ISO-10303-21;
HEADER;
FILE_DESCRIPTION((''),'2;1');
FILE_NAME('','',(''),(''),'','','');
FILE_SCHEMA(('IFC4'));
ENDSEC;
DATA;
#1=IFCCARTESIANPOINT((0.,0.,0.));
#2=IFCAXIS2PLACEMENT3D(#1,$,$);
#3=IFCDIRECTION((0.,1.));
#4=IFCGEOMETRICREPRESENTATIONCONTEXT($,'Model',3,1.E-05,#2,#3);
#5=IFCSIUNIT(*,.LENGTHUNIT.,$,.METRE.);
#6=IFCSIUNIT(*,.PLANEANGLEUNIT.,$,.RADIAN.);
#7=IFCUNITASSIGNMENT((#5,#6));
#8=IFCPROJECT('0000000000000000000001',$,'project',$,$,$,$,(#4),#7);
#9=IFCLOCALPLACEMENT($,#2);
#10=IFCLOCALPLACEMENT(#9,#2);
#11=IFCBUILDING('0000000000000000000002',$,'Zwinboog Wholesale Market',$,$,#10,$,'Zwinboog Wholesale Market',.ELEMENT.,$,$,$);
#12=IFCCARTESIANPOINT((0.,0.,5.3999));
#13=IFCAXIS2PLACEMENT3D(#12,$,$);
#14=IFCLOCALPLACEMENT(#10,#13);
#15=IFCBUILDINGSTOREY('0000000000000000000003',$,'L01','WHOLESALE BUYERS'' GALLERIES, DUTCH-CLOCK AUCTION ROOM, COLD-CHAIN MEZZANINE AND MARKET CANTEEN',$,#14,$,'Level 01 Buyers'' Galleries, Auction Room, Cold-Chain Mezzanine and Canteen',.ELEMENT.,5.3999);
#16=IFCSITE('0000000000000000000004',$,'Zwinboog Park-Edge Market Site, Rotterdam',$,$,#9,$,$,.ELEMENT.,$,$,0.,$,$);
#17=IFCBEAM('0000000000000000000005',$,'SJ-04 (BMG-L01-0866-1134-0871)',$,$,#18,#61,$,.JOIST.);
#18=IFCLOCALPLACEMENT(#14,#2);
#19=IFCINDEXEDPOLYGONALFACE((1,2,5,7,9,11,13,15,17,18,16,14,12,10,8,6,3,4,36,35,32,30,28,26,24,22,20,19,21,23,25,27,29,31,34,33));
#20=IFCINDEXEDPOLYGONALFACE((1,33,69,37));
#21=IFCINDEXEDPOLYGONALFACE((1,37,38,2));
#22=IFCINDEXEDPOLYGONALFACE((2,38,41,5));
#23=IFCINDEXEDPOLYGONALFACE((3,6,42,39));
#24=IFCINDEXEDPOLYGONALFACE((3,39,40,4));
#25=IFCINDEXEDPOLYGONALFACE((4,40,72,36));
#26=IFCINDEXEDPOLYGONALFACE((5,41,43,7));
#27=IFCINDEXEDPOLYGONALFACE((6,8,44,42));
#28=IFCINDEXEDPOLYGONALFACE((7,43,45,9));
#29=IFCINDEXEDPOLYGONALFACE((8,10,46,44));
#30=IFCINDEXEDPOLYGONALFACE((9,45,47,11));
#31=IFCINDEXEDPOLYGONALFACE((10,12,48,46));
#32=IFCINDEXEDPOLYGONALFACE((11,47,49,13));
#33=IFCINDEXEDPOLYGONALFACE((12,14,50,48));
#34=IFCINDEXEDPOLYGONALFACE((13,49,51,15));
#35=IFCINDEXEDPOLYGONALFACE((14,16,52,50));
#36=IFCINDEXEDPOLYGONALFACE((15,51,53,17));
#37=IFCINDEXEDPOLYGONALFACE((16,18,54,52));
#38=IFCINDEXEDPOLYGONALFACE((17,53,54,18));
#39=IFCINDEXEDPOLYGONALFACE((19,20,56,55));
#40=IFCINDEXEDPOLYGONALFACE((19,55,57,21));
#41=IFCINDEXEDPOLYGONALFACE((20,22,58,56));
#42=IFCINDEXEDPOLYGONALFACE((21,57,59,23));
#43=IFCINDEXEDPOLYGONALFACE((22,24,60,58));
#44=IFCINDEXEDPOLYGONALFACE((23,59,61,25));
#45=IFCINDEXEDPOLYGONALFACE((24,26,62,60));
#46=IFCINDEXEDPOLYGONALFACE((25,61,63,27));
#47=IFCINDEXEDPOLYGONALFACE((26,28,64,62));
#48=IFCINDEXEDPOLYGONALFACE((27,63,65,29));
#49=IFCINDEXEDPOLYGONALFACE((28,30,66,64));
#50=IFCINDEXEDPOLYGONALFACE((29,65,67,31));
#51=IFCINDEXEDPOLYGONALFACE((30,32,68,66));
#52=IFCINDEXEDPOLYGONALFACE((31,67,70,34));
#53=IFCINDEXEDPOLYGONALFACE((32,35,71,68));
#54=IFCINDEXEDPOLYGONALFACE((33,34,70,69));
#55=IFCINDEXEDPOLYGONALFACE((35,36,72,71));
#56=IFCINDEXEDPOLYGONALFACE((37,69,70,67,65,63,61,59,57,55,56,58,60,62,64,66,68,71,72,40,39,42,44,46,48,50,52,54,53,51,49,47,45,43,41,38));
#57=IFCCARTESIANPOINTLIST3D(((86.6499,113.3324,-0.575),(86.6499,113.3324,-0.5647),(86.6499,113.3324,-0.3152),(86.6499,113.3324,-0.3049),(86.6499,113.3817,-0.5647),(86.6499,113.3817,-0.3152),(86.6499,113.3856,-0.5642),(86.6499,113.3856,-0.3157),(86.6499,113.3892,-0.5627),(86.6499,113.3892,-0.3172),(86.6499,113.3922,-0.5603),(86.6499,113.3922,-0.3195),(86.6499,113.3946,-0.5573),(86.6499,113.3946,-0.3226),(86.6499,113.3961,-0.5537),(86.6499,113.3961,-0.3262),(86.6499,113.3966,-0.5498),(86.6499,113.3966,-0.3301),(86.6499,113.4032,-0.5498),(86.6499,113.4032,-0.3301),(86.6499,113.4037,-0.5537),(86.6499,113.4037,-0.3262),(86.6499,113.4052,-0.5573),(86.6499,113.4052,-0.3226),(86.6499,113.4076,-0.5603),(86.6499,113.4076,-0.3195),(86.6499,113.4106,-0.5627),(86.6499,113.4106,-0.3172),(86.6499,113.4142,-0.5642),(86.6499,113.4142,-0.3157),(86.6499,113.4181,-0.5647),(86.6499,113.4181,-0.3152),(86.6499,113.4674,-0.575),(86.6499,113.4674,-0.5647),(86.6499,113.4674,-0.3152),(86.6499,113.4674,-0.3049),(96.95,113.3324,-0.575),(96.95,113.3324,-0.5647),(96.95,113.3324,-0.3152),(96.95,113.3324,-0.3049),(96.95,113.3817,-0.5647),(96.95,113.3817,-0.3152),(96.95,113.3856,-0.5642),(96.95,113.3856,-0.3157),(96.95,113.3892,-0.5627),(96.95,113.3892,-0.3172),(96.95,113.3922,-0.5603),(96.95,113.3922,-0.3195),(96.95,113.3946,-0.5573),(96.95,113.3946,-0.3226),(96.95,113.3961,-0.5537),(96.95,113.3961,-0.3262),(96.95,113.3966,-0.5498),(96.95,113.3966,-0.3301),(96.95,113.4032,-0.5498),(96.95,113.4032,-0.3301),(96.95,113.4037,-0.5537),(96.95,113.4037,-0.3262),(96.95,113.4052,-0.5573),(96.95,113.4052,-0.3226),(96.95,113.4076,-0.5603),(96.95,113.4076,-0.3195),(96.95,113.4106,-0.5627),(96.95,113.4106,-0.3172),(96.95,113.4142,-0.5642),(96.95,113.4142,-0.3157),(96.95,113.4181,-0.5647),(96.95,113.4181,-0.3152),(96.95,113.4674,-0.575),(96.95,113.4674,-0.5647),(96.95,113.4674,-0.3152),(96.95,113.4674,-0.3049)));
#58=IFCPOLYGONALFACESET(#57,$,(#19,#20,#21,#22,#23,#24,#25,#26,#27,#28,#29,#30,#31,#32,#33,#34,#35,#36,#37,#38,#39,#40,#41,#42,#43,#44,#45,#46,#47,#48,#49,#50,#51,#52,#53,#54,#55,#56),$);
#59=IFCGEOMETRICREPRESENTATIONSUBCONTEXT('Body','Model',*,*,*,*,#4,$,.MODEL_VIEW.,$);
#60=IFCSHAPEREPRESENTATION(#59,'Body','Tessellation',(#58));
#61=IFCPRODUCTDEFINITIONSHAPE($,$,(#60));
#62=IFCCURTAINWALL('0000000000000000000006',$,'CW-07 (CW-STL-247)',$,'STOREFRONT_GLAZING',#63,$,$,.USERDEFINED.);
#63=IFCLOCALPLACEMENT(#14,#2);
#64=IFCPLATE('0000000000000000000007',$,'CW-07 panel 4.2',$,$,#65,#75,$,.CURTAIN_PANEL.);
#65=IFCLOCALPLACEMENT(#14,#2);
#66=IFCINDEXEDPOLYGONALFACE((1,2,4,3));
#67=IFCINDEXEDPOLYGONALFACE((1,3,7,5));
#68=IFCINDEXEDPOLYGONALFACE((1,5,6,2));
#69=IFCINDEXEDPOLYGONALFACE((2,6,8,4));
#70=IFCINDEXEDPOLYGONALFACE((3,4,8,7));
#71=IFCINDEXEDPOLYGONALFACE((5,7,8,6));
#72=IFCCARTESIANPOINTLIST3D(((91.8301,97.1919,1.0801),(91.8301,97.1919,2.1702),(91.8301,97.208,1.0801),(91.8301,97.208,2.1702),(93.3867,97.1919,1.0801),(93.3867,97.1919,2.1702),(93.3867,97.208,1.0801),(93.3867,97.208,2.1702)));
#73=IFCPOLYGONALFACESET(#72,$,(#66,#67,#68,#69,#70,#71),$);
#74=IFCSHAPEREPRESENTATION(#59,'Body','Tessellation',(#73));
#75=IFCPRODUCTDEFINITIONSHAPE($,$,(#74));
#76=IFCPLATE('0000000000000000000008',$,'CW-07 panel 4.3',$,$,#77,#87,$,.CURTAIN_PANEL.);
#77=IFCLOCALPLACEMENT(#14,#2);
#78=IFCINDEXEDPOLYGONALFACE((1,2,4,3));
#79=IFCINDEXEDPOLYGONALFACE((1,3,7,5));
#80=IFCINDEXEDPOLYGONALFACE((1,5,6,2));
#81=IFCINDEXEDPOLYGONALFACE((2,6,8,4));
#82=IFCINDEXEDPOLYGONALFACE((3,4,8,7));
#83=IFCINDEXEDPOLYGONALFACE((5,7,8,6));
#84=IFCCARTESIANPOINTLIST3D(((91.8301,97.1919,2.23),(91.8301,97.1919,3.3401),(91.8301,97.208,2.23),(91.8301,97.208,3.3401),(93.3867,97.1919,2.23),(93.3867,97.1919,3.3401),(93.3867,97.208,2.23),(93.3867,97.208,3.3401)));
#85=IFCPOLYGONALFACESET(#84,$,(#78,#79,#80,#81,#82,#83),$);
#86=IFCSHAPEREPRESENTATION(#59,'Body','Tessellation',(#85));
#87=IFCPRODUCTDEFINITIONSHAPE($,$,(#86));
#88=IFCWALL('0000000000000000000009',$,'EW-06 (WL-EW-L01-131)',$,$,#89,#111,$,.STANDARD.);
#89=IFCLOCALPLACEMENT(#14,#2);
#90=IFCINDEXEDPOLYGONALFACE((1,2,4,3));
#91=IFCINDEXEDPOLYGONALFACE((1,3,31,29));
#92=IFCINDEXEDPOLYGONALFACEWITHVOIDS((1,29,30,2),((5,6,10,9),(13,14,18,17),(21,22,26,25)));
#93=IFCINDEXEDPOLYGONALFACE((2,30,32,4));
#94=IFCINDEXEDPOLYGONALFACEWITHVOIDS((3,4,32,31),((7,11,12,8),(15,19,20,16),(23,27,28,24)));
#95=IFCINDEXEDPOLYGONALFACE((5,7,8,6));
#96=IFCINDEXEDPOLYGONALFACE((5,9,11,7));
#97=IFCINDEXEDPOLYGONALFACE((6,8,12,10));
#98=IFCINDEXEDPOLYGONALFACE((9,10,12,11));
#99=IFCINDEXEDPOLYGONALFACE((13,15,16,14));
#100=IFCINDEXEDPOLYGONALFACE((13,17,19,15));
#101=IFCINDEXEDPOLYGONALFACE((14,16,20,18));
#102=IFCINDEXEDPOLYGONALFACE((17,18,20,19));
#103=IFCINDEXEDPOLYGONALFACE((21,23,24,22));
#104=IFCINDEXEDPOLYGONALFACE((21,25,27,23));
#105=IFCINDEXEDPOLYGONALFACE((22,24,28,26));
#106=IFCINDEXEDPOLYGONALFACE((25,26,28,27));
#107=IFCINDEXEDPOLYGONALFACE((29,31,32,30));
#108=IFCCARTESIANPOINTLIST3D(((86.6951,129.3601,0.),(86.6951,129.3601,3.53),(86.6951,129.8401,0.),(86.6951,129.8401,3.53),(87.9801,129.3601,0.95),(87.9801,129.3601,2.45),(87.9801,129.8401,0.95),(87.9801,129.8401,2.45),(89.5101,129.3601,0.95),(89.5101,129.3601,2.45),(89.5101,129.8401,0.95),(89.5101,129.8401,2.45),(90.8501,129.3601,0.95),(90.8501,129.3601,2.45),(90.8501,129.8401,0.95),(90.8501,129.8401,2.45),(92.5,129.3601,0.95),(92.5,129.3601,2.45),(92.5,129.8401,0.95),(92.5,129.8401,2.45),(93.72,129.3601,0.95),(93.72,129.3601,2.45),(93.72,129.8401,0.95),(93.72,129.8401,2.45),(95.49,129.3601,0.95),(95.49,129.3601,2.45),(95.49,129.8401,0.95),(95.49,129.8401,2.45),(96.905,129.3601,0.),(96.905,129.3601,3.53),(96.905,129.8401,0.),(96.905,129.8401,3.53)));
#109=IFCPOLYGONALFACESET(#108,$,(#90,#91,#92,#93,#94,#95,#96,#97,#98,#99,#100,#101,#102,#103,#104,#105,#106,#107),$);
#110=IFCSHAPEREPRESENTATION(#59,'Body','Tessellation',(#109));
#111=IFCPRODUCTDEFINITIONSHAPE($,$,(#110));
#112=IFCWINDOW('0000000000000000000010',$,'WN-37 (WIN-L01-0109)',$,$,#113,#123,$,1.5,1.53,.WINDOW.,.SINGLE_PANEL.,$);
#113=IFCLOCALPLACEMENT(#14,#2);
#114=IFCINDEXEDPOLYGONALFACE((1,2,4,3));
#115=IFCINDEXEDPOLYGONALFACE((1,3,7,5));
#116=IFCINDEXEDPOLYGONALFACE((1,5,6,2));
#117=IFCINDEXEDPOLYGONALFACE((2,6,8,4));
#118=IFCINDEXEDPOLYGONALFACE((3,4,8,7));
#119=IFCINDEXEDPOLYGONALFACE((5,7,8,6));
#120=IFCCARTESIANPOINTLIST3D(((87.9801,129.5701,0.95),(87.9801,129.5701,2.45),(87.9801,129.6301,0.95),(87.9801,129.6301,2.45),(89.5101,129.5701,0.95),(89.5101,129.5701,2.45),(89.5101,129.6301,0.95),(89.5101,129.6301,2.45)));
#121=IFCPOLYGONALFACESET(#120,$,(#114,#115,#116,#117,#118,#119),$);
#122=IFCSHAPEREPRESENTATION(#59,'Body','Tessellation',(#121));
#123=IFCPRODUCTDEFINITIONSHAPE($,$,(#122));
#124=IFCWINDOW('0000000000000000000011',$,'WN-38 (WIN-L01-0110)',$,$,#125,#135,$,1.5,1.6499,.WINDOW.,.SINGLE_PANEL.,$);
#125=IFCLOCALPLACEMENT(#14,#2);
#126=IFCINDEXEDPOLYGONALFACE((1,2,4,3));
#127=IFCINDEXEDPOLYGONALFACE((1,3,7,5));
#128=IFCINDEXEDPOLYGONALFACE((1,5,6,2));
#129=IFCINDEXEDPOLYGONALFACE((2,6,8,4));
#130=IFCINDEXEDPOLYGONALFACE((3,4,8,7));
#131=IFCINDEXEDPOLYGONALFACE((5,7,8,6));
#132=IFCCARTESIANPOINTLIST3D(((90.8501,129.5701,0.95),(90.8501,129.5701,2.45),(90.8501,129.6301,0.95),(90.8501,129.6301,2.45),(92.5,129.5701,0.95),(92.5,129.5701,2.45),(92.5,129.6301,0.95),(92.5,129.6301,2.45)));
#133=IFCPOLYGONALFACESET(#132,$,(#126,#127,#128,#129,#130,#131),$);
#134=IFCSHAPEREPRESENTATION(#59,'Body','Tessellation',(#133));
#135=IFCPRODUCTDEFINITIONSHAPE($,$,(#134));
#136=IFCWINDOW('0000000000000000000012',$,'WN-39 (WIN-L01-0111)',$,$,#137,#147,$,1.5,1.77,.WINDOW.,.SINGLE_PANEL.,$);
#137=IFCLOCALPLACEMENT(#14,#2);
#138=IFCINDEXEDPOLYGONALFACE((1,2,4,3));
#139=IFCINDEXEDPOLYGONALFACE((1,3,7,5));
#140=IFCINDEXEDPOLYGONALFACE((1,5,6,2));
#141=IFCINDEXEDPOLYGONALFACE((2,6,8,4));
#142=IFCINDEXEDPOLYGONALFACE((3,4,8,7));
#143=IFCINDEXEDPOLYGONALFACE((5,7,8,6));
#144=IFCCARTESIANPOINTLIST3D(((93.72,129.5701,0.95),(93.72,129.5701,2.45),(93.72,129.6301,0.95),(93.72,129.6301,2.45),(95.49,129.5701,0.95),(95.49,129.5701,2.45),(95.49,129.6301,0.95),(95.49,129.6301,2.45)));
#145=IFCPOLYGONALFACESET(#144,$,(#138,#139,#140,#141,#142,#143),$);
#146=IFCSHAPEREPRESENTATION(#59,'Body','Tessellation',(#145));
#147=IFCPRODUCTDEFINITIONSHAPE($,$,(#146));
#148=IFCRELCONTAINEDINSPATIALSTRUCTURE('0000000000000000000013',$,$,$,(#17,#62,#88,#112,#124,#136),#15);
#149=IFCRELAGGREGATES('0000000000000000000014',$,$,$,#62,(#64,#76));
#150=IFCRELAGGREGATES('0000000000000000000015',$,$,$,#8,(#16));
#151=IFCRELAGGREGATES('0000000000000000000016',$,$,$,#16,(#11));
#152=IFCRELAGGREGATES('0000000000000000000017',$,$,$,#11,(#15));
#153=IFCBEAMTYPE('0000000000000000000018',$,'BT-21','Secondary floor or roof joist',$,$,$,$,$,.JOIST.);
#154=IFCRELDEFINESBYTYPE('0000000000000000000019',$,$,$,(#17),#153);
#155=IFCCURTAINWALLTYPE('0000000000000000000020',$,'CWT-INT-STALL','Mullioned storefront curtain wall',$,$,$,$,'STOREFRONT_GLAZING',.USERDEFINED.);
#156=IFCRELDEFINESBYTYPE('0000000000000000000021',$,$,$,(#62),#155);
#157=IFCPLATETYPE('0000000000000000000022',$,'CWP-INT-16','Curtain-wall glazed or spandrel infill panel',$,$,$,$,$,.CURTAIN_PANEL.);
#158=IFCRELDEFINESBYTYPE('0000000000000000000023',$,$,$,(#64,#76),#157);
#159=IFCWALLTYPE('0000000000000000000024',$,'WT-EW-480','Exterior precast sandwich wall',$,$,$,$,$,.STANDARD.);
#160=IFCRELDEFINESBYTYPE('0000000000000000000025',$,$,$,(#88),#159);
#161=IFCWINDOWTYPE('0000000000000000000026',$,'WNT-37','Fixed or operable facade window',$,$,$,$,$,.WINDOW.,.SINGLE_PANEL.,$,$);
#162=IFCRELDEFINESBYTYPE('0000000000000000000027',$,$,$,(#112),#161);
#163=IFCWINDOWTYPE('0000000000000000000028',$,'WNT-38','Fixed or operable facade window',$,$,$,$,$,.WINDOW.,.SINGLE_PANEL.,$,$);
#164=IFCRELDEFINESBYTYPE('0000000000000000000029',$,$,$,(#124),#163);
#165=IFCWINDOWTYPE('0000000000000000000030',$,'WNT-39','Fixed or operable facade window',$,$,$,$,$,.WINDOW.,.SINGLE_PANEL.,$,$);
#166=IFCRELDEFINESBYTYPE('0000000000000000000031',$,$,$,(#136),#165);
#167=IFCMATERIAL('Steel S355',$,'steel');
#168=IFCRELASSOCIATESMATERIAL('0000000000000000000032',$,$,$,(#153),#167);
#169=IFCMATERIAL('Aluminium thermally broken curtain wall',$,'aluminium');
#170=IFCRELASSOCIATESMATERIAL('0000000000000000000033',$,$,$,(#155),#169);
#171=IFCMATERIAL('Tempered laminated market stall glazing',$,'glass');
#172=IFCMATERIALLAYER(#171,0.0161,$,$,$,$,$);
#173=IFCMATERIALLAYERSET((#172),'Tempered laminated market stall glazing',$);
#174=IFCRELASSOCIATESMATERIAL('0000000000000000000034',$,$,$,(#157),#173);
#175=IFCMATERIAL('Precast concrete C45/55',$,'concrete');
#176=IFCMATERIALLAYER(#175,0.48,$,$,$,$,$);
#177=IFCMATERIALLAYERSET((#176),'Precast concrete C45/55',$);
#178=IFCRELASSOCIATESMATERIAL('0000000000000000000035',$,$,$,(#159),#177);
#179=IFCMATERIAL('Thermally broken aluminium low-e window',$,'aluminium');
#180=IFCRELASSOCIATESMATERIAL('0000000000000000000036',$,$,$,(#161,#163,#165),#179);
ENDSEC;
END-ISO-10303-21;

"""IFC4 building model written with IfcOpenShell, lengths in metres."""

from ifc_helpers import new_model, si_unit, direction, frame, frame_2d, origin, origin_2d, place, context, subcontext, project, spatial, rectangle, i_section, extrude, material, layer, layer_set, material_profile, profile_set, type_object, element, fill, aggregate, save


model = new_model("IFC4")

# Units and contexts
model_context = context("Model", 3, precision=1e-05, world=origin(), true_north=direction((0.0, 1.0)))
body_context = subcontext(model_context, "Body", "Model", "MODEL_VIEW")
ifc_project = project(units=[si_unit("LENGTHUNIT", "METRE"), si_unit("PLANEANGLEUNIT", "RADIAN")], contexts=[model_context])

# Site, building, storey
site_placement = place(None, origin())
site = spatial("IfcSite", under=ifc_project, at=site_placement, Name="Zwinboog Park-Edge Market Site, Rotterdam", CompositionType="ELEMENT", RefElevation=0.0)
building_placement = place(site_placement, origin())
building = spatial("IfcBuilding", under=site, at=building_placement, Name="Zwinboog Wholesale Market", LongName="Zwinboog Wholesale Market", CompositionType="ELEMENT")
storey_placement = place(building_placement, frame((0.0, 0.0, 5.3999)))
storey = spatial("IfcBuildingStorey", under=building, at=storey_placement, Name="L01", Description="WHOLESALE BUYERS' GALLERIES, DUTCH-CLOCK AUCTION ROOM, COLD-CHAIN MEZZANINE AND MARKET CANTEEN", LongName="Level 01 Buyers' Galleries, Auction Room, Cold-Chain Mezzanine and Canteen", CompositionType="ELEMENT", Elevation=5.3999)

# Shared definitions
ifc_material_1 = material(Name="Precast concrete C45/55", Category="concrete")

# Beam
ifc_material_2 = material(Name="Steel S355", Category="steel")
ifc_material_profile_1 = material_profile(ifc_material_2, i_section(OverallWidth=0.135, OverallDepth=0.27, WebThickness=0.0066, FlangeThickness=0.0103, FilletRadius=0.0149, at=origin_2d()), Name="IPE 270")
ifc_profile_set_1 = profile_set([ifc_material_profile_1], Name="Steel S355")
beam_type_1 = type_object("IfcBeamType", Name="BT-21", Description="Secondary floor or roof joist", PredefinedType="JOIST", material=ifc_profile_set_1)
beam_1_placement = place(storey_placement, frame((86.6499, 113.3999, -0.4399), z_axis=(1.0, 0.0, 0.0), x_axis=(0.0, 1.0, 0.0)))
element("IfcBeam", 1, at=beam_1_placement, inside=storey, type_object=beam_type_1, Name="SJ-04 (BMG-L01-0866-1134-0871)", PredefinedType="JOIST", context=body_context, shape_type="SweptSolid", body=[
    extrude(i_section(OverallWidth=0.135, OverallDepth=0.27, WebThickness=0.0066, FlangeThickness=0.0103, FilletRadius=0.0149, at=origin_2d()), origin(), (0.0, 0.0, 1.0), 10.3),
])

# Curtain wall, plates
ifc_material_3 = material(Name="Aluminium thermally broken curtain wall", Category="aluminium")
curtain_wall_type = type_object("IfcCurtainWallType", Name="CWT-INT-STALL", Description="Mullioned storefront curtain wall", ElementType="STOREFRONT_GLAZING", PredefinedType="USERDEFINED", material=ifc_material_3)
curtain_wall_placement = place(storey_placement, origin())
curtain_wall = element("IfcCurtainWall", 2, at=curtain_wall_placement, inside=storey, type_object=curtain_wall_type, Name="CW-07 (CW-STL-247)", ObjectType="STOREFRONT_GLAZING", PredefinedType="USERDEFINED")
ifc_material_4 = material(Name="Tempered laminated market stall glazing", Category="glass")
ifc_layer_1 = layer(ifc_material_4, 0.0161)
ifc_layer_set_1 = layer_set([ifc_layer_1], Name="Tempered laminated market stall glazing")
plate_type = type_object("IfcPlateType", Name="CWP-INT-16", Description="Curtain-wall glazed or spandrel infill panel", PredefinedType="CURTAIN_PANEL", material=ifc_layer_set_1)
plate_1_placement = place(storey_placement, frame((92.6084, 97.2, 1.0801), z_axis=(0.0, 0.0, 1.0), x_axis=(1.0, 0.0, 0.0)))
plate_1 = element("IfcPlate", 3, at=plate_1_placement, type_object=plate_type, Name="CW-07 panel 4.2", PredefinedType="CURTAIN_PANEL", context=body_context, shape_type="SweptSolid", body=[
    extrude(rectangle(XDim=1.5566, YDim=0.0161, at=origin_2d()), origin(), (0.0, 0.0, 1.0), 1.0901),
])
plate_2_placement = place(storey_placement, frame((92.6084, 97.2, 2.23), z_axis=(0.0, 0.0, 1.0), x_axis=(1.0, 0.0, 0.0)))
plate_2 = element("IfcPlate", 4, at=plate_2_placement, type_object=plate_type, Name="CW-07 panel 4.3", PredefinedType="CURTAIN_PANEL", context=body_context, shape_type="SweptSolid", body=[
    extrude(rectangle(XDim=1.5566, YDim=0.0161, at=origin_2d()), origin(), (0.0, 0.0, 1.0), 1.1101),
])
aggregate(curtain_wall, [plate_1, plate_2])

# Wall, openings, windows
ifc_layer_2 = layer(ifc_material_1, 0.48)
ifc_layer_set_2 = layer_set([ifc_layer_2], Name="Precast concrete C45/55")
wall_type_1 = type_object("IfcWallType", Name="WT-EW-480", Description="Exterior precast sandwich wall", PredefinedType="STANDARD", material=ifc_layer_set_2)
wall_1_placement = place(storey_placement, frame((86.6951, 129.6001, 0.0), z_axis=(0.0, 0.0, 1.0), x_axis=(1.0, 0.0, 0.0)))
wall_1 = element("IfcWall", 5, at=wall_1_placement, inside=storey, type_object=wall_type_1, Name="EW-06 (WL-EW-L01-131)", PredefinedType="STANDARD", context=body_context, shape_type="SweptSolid", body=[
    extrude(rectangle(XDim=10.21, YDim=0.48, at=frame_2d((5.105, 0.0))), origin(), (0.0, 0.0, 1.0), 3.53),
])
opening_1_placement = place(wall_1_placement, frame((1.2849, 0.0, 0.95)))
opening_1 = element("IfcOpeningElement", 6, at=opening_1_placement, cuts=wall_1, PredefinedType="OPENING", context=body_context, shape_type="SweptSolid", body=[
    extrude(rectangle(XDim=1.53, YDim=1.5, at=frame_2d((0.7651, 0.75))), frame((0.0, 0.25, 0.0), z_axis=(0.0, -1.0, 0.0), x_axis=(1.0, 0.0, 0.0)), (0.0, 0.0, 1.0), 0.5),
])
opening_2_placement = place(wall_1_placement, frame((4.155, 0.0, 0.95)))
opening_2 = element("IfcOpeningElement", 7, at=opening_2_placement, cuts=wall_1, PredefinedType="OPENING", context=body_context, shape_type="SweptSolid", body=[
    extrude(rectangle(XDim=1.6499, YDim=1.5, at=frame_2d((0.825, 0.75))), frame((0.0, 0.25, 0.0), z_axis=(0.0, -1.0, 0.0), x_axis=(1.0, 0.0, 0.0)), (0.0, 0.0, 1.0), 0.5),
])
opening_3_placement = place(wall_1_placement, frame((7.0249, 0.0, 0.95)))
opening_3 = element("IfcOpeningElement", 8, at=opening_3_placement, cuts=wall_1, PredefinedType="OPENING", context=body_context, shape_type="SweptSolid", body=[
    extrude(rectangle(XDim=1.77, YDim=1.5, at=frame_2d((0.885, 0.75))), frame((0.0, 0.25, 0.0), z_axis=(0.0, -1.0, 0.0), x_axis=(1.0, 0.0, 0.0)), (0.0, 0.0, 1.0), 0.5),
])
ifc_material_5 = material(Name="Thermally broken aluminium low-e window", Category="aluminium")
window_type_1 = type_object("IfcWindowType", Name="WNT-37", Description="Fixed or operable facade window", PartitioningType="SINGLE_PANEL", PredefinedType="WINDOW", material=ifc_material_5)
window_1_placement = place(opening_1_placement, origin())
window_1 = element("IfcWindow", 9, at=window_1_placement, inside=storey, type_object=window_type_1, Name="WN-37 (WIN-L01-0109)", OverallHeight=1.5, OverallWidth=1.53, PartitioningType="SINGLE_PANEL", PredefinedType="WINDOW", context=body_context, shape_type="SweptSolid", body=[
    extrude(rectangle(XDim=1.53, YDim=1.5, at=frame_2d((0.7651, 0.75))), frame((0.0, 0.03, 0.0), z_axis=(0.0, -1.0, 0.0), x_axis=(1.0, 0.0, 0.0)), (0.0, 0.0, 1.0), 0.0601),
])
fill(opening_1, window_1)
window_type_2 = type_object("IfcWindowType", Name="WNT-38", Description="Fixed or operable facade window", PartitioningType="SINGLE_PANEL", PredefinedType="WINDOW", material=ifc_material_5)
window_2_placement = place(opening_2_placement, origin())
window_2 = element("IfcWindow", 10, at=window_2_placement, inside=storey, type_object=window_type_2, Name="WN-38 (WIN-L01-0110)", OverallHeight=1.5, OverallWidth=1.6499, PartitioningType="SINGLE_PANEL", PredefinedType="WINDOW", context=body_context, shape_type="SweptSolid", body=[
    extrude(rectangle(XDim=1.6499, YDim=1.5, at=frame_2d((0.825, 0.75))), frame((0.0, 0.03, 0.0), z_axis=(0.0, -1.0, 0.0), x_axis=(1.0, 0.0, 0.0)), (0.0, 0.0, 1.0), 0.0601),
])
fill(opening_2, window_2)
window_type_3 = type_object("IfcWindowType", Name="WNT-39", Description="Fixed or operable facade window", PartitioningType="SINGLE_PANEL", PredefinedType="WINDOW", material=ifc_material_5)
window_3_placement = place(opening_3_placement, origin())
window_3 = element("IfcWindow", 11, at=window_3_placement, inside=storey, type_object=window_type_3, Name="WN-39 (WIN-L01-0111)", OverallHeight=1.5, OverallWidth=1.77, PartitioningType="SINGLE_PANEL", PredefinedType="WINDOW", context=body_context, shape_type="SweptSolid", body=[
    extrude(rectangle(XDim=1.77, YDim=1.5, at=frame_2d((0.885, 0.75))), frame((0.0, 0.03, 0.0), z_axis=(0.0, -1.0, 0.0), x_axis=(1.0, 0.0, 0.0)), (0.0, 0.0, 1.0), 0.0601),
])
fill(opening_3, window_3)

save(model, "model.ifc")
